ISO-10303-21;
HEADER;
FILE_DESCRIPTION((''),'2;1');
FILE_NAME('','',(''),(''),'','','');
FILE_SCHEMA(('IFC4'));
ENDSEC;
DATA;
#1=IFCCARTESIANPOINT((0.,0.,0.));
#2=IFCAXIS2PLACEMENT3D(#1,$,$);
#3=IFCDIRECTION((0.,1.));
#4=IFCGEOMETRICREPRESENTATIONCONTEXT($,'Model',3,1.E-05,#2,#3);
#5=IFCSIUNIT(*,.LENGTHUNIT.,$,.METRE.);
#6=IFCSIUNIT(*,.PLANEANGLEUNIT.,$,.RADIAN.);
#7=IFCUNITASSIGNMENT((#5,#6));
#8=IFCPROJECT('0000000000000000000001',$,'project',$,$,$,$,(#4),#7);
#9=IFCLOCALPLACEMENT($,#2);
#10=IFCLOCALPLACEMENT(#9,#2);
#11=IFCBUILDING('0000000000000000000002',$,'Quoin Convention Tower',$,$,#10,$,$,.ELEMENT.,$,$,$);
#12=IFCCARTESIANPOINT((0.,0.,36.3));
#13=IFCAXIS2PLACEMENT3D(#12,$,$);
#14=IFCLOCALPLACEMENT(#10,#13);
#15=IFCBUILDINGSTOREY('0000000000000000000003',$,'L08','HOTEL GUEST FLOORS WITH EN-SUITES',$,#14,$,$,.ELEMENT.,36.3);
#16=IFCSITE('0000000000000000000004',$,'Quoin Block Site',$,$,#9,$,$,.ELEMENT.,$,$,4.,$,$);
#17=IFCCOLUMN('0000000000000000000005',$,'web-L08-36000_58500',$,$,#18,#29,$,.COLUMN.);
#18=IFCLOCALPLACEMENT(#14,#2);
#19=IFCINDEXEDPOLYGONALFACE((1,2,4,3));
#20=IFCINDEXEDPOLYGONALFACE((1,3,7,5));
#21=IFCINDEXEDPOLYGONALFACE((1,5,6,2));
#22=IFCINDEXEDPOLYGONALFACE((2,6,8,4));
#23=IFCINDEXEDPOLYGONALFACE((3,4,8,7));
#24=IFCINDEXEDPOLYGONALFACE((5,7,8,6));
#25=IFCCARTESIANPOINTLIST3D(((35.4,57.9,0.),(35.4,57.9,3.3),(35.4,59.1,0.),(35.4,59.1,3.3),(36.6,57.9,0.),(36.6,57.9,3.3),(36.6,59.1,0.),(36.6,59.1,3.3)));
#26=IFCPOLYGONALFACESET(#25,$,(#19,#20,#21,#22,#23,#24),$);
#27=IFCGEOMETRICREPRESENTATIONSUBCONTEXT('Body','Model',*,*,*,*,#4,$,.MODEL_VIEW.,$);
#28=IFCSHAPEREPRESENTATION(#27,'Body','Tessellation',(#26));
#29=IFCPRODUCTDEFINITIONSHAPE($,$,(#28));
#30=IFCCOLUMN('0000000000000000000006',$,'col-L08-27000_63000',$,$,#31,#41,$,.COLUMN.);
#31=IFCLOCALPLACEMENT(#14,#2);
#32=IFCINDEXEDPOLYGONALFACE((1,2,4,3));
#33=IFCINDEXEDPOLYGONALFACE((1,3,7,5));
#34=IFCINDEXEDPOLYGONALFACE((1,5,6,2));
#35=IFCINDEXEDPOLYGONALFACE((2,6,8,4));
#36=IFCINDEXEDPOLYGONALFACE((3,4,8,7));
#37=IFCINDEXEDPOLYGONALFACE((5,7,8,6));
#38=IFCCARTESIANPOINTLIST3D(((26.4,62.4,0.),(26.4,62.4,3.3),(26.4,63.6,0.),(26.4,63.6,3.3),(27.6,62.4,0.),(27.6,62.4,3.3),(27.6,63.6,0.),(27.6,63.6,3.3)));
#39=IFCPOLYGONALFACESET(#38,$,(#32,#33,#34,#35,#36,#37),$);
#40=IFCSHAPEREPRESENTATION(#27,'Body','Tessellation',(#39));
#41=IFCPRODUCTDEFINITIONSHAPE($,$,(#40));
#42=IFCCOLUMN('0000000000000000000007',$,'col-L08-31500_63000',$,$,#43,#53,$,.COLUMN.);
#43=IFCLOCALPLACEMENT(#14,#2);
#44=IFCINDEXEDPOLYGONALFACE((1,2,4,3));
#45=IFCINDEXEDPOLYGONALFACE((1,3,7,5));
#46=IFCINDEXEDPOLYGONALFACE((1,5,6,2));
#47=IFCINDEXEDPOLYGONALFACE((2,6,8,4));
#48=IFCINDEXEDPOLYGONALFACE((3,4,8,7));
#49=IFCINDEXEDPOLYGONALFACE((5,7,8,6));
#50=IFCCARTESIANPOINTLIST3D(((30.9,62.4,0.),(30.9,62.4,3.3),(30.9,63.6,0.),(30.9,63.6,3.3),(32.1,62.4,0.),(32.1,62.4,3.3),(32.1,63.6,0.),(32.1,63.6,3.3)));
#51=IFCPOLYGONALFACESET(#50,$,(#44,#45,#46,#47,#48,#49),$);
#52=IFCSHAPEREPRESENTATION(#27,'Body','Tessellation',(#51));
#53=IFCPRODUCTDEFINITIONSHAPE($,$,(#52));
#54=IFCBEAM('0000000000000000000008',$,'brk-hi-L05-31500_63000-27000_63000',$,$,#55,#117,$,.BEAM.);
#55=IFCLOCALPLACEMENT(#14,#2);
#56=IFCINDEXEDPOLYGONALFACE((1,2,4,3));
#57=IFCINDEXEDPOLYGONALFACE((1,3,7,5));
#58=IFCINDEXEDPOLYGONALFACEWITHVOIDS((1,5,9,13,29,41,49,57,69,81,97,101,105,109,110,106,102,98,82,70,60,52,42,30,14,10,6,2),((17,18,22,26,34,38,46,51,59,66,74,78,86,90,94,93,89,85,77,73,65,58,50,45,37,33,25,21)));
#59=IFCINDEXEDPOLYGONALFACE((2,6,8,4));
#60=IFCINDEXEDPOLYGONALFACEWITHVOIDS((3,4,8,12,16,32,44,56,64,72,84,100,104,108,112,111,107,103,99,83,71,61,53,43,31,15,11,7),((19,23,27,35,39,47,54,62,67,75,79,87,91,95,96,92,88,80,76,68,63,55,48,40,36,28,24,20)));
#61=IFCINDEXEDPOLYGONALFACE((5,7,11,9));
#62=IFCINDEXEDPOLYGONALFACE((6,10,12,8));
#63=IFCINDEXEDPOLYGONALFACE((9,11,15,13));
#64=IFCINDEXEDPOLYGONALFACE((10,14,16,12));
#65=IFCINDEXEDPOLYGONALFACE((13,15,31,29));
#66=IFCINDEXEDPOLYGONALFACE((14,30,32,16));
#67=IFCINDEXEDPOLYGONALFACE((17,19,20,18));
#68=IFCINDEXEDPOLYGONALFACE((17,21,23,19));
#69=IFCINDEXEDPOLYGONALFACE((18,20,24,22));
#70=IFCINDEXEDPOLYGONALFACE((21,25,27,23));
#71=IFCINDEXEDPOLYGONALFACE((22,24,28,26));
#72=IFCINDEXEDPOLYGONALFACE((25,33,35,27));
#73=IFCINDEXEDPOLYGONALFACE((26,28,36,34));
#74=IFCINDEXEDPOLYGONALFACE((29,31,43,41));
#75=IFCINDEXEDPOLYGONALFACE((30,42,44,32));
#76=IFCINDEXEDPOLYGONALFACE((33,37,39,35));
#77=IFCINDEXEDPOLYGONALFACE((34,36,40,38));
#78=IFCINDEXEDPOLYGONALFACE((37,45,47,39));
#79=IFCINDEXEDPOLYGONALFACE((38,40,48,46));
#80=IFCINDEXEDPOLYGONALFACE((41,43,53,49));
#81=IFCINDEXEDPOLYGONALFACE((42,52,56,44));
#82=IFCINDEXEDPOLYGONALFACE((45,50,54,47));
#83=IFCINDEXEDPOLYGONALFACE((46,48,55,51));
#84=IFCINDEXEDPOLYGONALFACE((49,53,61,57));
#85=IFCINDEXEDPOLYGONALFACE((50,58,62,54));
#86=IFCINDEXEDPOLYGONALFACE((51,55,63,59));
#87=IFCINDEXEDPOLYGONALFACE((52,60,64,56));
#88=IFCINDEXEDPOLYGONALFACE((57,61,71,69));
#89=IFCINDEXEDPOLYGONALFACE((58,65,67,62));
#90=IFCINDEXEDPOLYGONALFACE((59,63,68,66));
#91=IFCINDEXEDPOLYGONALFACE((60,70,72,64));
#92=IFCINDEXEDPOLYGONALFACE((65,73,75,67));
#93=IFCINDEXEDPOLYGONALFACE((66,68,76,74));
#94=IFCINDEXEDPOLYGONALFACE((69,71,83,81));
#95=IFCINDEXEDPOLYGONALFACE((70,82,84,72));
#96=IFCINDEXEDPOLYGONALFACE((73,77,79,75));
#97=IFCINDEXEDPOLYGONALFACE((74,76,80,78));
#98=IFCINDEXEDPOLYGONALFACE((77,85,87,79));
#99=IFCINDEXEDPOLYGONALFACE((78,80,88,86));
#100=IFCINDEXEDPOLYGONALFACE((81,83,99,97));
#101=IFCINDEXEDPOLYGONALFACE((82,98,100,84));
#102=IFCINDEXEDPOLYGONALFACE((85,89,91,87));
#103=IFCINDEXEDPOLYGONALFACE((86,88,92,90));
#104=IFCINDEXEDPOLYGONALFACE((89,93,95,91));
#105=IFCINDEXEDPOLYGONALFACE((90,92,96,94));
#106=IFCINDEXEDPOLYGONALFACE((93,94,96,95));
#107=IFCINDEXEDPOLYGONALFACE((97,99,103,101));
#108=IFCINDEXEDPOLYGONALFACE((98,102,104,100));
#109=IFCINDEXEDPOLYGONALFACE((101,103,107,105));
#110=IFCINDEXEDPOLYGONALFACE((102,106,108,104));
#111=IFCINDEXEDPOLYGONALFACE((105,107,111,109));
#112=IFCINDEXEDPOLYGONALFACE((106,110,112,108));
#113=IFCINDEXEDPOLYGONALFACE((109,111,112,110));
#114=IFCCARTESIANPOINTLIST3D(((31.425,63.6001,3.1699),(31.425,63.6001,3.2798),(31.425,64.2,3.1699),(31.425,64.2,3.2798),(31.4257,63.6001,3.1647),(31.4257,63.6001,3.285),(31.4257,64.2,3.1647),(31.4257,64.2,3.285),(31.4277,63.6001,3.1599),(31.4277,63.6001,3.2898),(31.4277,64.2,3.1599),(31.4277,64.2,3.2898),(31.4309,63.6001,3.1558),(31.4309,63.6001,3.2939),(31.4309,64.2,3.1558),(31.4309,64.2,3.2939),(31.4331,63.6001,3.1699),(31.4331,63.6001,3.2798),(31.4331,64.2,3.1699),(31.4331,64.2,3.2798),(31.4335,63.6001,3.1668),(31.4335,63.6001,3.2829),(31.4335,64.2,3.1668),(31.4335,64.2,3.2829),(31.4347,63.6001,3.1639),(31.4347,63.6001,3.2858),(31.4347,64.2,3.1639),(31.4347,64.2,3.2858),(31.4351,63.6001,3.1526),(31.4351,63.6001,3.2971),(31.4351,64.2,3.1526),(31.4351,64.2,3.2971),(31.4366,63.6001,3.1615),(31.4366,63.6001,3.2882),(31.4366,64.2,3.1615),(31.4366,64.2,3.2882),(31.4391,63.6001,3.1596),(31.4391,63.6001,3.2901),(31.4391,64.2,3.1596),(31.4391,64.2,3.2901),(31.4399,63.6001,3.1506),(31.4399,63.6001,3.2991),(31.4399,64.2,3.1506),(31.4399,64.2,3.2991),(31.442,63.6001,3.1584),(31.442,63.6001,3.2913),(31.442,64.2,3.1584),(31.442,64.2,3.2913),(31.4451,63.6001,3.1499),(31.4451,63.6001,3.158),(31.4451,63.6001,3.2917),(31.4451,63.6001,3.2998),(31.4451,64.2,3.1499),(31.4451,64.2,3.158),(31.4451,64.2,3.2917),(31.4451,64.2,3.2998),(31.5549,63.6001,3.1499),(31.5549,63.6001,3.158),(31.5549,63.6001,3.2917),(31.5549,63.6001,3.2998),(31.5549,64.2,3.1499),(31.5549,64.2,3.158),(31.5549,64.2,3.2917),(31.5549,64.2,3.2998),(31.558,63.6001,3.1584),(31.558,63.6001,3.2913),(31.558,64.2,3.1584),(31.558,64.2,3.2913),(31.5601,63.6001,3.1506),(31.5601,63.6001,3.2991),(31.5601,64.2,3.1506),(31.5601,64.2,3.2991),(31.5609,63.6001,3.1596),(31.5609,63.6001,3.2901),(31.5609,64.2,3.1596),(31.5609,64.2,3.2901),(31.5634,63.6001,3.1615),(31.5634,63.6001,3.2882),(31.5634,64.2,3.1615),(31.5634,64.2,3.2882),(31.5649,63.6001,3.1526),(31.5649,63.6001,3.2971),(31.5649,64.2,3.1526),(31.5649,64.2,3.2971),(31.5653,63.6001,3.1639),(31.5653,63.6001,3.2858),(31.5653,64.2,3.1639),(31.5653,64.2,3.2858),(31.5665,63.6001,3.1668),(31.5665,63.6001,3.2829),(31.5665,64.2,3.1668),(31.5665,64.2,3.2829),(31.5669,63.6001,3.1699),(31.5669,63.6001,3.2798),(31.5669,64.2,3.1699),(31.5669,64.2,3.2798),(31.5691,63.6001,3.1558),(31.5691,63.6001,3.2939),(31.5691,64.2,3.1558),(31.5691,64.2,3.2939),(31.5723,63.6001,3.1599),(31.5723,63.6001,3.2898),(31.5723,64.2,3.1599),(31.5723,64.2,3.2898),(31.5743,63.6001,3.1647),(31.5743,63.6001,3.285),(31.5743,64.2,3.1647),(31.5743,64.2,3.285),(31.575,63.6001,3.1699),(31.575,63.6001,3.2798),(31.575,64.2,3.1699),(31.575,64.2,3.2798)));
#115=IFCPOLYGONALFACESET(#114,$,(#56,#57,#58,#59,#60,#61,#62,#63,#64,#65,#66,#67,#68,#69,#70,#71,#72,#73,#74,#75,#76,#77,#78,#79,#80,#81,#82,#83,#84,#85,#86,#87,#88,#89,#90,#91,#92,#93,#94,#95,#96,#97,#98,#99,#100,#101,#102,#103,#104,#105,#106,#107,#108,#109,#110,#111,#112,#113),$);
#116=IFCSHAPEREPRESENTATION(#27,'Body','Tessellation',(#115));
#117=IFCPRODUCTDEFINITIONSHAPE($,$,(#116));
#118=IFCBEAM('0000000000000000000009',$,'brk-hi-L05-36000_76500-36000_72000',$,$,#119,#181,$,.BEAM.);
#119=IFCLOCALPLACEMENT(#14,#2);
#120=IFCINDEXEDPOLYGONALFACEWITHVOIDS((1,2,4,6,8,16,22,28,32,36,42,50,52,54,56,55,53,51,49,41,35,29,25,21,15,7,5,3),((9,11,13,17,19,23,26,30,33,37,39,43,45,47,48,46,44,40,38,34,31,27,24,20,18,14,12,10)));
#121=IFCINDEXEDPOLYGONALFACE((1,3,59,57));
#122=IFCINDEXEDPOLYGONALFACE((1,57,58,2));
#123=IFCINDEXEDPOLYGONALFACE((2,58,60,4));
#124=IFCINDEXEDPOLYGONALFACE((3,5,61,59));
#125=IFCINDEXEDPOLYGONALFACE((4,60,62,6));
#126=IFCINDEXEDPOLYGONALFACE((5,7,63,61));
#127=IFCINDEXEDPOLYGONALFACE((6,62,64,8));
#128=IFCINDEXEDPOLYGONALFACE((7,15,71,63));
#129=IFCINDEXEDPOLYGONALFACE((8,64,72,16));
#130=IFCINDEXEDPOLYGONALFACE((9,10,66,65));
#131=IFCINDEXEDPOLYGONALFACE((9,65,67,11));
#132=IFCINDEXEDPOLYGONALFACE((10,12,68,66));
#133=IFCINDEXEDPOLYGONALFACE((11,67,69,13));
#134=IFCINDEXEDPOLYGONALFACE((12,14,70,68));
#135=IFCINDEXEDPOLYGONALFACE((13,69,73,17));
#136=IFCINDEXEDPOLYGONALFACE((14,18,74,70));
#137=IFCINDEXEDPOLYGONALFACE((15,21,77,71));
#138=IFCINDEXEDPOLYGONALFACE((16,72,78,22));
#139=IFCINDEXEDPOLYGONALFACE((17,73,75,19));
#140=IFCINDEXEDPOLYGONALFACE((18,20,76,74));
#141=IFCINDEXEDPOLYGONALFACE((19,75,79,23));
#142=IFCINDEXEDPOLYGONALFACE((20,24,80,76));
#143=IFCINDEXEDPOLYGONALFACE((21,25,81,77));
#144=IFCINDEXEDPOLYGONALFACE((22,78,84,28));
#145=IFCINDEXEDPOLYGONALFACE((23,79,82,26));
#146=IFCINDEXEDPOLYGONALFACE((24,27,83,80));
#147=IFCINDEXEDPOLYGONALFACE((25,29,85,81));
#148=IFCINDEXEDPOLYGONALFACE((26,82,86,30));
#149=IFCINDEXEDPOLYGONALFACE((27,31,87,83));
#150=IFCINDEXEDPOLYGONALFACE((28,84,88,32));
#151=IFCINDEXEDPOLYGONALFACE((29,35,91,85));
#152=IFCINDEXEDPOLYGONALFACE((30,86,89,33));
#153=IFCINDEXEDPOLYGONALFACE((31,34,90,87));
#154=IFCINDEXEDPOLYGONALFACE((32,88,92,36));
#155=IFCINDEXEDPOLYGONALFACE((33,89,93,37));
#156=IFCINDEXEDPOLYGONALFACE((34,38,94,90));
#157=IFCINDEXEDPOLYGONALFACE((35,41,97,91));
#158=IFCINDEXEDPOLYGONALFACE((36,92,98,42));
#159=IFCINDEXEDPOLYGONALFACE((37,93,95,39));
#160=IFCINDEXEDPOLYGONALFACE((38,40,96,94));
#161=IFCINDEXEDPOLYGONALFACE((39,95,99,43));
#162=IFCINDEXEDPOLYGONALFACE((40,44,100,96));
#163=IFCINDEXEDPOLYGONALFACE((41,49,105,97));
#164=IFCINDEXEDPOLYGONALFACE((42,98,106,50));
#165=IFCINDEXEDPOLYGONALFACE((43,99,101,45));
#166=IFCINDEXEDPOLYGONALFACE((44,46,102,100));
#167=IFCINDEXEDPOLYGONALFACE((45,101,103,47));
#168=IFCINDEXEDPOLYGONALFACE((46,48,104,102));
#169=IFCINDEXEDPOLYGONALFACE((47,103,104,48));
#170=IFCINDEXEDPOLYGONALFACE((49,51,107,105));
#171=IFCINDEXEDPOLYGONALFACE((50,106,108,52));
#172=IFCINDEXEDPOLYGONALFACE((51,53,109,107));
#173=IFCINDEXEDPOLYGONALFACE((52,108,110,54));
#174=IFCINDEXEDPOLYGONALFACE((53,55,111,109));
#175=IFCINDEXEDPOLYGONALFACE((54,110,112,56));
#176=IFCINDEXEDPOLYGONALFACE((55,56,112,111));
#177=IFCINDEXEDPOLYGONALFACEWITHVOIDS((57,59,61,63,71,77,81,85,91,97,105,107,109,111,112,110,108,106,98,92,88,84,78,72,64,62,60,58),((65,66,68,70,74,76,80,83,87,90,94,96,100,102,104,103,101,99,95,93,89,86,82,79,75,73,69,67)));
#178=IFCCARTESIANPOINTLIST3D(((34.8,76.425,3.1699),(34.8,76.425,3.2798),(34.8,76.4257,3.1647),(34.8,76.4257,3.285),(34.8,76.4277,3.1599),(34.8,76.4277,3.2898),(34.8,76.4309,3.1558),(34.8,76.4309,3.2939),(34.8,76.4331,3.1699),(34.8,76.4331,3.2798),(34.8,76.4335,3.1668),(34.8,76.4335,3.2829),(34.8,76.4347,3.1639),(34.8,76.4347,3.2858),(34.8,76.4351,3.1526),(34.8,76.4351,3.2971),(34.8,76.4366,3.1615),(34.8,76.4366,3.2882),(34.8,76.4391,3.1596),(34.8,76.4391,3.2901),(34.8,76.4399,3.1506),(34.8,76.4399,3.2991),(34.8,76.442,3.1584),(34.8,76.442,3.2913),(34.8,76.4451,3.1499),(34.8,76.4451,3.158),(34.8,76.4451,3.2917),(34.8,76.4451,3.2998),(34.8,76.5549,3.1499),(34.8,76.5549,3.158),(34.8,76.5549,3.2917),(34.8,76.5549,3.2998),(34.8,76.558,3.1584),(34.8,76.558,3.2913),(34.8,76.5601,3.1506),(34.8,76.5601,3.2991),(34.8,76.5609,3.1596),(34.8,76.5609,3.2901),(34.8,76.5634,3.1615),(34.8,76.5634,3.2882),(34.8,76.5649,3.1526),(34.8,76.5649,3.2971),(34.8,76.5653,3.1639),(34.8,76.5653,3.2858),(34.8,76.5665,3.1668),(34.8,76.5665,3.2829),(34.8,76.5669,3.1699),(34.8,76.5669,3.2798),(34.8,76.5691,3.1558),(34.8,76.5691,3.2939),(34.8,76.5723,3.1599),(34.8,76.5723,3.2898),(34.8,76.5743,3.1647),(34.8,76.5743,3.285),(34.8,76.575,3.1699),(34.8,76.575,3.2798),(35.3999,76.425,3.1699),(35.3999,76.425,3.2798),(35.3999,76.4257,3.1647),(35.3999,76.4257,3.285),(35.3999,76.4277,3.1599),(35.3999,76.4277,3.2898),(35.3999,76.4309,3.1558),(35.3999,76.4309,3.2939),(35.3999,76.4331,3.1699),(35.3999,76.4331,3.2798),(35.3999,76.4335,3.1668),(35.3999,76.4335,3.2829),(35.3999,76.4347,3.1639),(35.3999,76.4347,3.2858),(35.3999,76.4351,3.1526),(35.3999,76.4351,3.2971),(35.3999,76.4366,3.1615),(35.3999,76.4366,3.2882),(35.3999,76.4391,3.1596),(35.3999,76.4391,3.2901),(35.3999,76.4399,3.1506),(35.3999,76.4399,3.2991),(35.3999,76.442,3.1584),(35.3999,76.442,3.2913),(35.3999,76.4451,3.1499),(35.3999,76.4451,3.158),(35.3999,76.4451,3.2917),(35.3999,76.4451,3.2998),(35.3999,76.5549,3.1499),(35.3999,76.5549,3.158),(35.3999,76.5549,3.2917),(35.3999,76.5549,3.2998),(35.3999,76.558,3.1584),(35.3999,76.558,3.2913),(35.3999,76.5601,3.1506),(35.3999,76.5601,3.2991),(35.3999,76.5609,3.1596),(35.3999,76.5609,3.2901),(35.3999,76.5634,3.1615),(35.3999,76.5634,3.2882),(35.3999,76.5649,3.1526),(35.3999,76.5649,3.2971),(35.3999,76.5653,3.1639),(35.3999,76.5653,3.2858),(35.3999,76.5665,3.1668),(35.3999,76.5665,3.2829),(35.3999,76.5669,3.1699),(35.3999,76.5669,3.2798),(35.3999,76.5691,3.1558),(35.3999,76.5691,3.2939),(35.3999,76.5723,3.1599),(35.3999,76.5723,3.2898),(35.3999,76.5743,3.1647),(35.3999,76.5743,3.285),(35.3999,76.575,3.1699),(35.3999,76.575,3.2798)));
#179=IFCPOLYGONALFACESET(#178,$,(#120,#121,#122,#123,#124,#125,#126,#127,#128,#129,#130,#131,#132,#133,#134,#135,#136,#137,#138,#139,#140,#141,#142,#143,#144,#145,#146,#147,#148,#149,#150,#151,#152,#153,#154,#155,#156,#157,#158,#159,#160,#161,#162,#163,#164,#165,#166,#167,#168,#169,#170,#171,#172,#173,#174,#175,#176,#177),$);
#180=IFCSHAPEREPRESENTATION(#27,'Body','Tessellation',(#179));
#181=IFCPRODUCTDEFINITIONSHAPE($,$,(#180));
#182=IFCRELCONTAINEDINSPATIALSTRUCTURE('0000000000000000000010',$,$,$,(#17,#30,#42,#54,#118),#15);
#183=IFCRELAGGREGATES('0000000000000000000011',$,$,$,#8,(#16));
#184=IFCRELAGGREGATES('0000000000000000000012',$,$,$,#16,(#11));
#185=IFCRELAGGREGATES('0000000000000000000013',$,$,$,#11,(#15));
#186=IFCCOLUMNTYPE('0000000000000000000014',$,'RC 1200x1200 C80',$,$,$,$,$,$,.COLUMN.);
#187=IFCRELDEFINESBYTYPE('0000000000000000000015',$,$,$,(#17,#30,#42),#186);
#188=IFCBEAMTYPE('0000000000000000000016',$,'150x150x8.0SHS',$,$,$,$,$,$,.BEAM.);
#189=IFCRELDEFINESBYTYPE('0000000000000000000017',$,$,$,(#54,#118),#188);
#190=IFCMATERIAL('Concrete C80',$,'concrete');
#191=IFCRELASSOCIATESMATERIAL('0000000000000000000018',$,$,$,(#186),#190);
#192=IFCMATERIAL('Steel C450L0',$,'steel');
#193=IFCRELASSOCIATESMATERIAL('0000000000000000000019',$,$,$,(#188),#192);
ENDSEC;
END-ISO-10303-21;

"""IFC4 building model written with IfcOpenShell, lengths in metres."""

from ifc_helpers import new_model, si_unit, direction, frame, origin, origin_2d, place, context, subcontext, project, spatial, rectangle, hollow_rectangle, extrude, material, material_profile, profile_set, type_object, element, save


model = new_model("IFC4")

# Units and contexts
model_context = context("Model", 3, precision=1e-05, world=origin(), true_north=direction((0.0, 1.0)))
body_context = subcontext(model_context, "Body", "Model", "MODEL_VIEW")
ifc_project = project(units=[si_unit("LENGTHUNIT", "METRE"), si_unit("PLANEANGLEUNIT", "RADIAN")], contexts=[model_context])

# Site, building, storey
site_placement = place(None, origin())
site = spatial("IfcSite", under=ifc_project, at=site_placement, Name="Quoin Block Site", CompositionType="ELEMENT", RefElevation=4.0)
building_placement = place(site_placement, origin())
building = spatial("IfcBuilding", under=site, at=building_placement, Name="Quoin Convention Tower", CompositionType="ELEMENT")
storey_placement = place(building_placement, frame((0.0, 0.0, 36.3)))
storey = spatial("IfcBuildingStorey", under=building, at=storey_placement, Name="L08", Description="HOTEL GUEST FLOORS WITH EN-SUITES", CompositionType="ELEMENT", Elevation=36.3)

# Columns
ifc_material_1 = material(Name="Concrete C80", Category="concrete")
ifc_material_profile_1 = material_profile(ifc_material_1, rectangle(XDim=1.2, YDim=1.2, at=origin_2d()), Name="RC 1200x1200")
ifc_profile_set_1 = profile_set([ifc_material_profile_1], Name="Concrete C80")
column_type = type_object("IfcColumnType", Name="RC 1200x1200 C80", PredefinedType="COLUMN", material=ifc_profile_set_1)
for number, where, z_axis, x_axis, name in (
    (1, (36.0, 58.5, 0.0), (0.0, 0.0, 1.0), (1.0, 0.0, 0.0), "web-L08-36000_58500"),
    (2, (27.0, 63.0, 0.0), (0.0, 0.0, 1.0), (1.0, 0.0, 0.0), "col-L08-27000_63000"),
    (3, (31.5, 63.0, 0.0), (0.0, 0.0, 1.0), (1.0, 0.0, 0.0), "col-L08-31500_63000"),
):
    element("IfcColumn", number, at=place(storey_placement, frame(where, z_axis=z_axis, x_axis=x_axis)), inside=storey, type_object=column_type, Name=name, PredefinedType="COLUMN", context=body_context, shape_type="SweptSolid", body=[
        extrude(rectangle(XDim=1.2, YDim=1.2, at=origin_2d()), origin(), (0.0, 0.0, 1.0), 3.3),
    ])

# Beams
ifc_material_2 = material(Name="Steel C450L0", Category="steel")
ifc_material_profile_2 = material_profile(ifc_material_2, hollow_rectangle(XDim=0.1499, YDim=0.1499, WallThickness=0.0081, InnerFilletRadius=0.012, OuterFilletRadius=0.02, at=origin_2d()), Name="150x150x8.0SHS")
ifc_profile_set_2 = profile_set([ifc_material_profile_2], Name="Steel C450L0")
beam_type_1 = type_object("IfcBeamType", Name="150x150x8.0SHS", PredefinedType="BEAM", material=ifc_profile_set_2)
for number, where, z_axis, x_axis, name in (
    (4, (31.5, 63.6001, 3.2249), (0.0, 1.0, 0.0), (-1.0, 0.0, 0.0), "brk-hi-L05-31500_63000-27000_63000"),
    (5, (35.3999, 76.5, 3.2249), (-1.0, 0.0, 0.0), (0.0, -1.0, 0.0), "brk-hi-L05-36000_76500-36000_72000"),
):
    element("IfcBeam", number, at=place(storey_placement, frame(where, z_axis=z_axis, x_axis=x_axis)), inside=storey, type_object=beam_type_1, Name=name, PredefinedType="BEAM", context=body_context, shape_type="SweptSolid", body=[
        extrude(hollow_rectangle(XDim=0.1499, YDim=0.1499, WallThickness=0.0081, InnerFilletRadius=0.012, OuterFilletRadius=0.02, at=origin_2d()), origin(), (0.0, 0.0, 1.0), 0.5999),
    ])

save(model, "model.ifc")
